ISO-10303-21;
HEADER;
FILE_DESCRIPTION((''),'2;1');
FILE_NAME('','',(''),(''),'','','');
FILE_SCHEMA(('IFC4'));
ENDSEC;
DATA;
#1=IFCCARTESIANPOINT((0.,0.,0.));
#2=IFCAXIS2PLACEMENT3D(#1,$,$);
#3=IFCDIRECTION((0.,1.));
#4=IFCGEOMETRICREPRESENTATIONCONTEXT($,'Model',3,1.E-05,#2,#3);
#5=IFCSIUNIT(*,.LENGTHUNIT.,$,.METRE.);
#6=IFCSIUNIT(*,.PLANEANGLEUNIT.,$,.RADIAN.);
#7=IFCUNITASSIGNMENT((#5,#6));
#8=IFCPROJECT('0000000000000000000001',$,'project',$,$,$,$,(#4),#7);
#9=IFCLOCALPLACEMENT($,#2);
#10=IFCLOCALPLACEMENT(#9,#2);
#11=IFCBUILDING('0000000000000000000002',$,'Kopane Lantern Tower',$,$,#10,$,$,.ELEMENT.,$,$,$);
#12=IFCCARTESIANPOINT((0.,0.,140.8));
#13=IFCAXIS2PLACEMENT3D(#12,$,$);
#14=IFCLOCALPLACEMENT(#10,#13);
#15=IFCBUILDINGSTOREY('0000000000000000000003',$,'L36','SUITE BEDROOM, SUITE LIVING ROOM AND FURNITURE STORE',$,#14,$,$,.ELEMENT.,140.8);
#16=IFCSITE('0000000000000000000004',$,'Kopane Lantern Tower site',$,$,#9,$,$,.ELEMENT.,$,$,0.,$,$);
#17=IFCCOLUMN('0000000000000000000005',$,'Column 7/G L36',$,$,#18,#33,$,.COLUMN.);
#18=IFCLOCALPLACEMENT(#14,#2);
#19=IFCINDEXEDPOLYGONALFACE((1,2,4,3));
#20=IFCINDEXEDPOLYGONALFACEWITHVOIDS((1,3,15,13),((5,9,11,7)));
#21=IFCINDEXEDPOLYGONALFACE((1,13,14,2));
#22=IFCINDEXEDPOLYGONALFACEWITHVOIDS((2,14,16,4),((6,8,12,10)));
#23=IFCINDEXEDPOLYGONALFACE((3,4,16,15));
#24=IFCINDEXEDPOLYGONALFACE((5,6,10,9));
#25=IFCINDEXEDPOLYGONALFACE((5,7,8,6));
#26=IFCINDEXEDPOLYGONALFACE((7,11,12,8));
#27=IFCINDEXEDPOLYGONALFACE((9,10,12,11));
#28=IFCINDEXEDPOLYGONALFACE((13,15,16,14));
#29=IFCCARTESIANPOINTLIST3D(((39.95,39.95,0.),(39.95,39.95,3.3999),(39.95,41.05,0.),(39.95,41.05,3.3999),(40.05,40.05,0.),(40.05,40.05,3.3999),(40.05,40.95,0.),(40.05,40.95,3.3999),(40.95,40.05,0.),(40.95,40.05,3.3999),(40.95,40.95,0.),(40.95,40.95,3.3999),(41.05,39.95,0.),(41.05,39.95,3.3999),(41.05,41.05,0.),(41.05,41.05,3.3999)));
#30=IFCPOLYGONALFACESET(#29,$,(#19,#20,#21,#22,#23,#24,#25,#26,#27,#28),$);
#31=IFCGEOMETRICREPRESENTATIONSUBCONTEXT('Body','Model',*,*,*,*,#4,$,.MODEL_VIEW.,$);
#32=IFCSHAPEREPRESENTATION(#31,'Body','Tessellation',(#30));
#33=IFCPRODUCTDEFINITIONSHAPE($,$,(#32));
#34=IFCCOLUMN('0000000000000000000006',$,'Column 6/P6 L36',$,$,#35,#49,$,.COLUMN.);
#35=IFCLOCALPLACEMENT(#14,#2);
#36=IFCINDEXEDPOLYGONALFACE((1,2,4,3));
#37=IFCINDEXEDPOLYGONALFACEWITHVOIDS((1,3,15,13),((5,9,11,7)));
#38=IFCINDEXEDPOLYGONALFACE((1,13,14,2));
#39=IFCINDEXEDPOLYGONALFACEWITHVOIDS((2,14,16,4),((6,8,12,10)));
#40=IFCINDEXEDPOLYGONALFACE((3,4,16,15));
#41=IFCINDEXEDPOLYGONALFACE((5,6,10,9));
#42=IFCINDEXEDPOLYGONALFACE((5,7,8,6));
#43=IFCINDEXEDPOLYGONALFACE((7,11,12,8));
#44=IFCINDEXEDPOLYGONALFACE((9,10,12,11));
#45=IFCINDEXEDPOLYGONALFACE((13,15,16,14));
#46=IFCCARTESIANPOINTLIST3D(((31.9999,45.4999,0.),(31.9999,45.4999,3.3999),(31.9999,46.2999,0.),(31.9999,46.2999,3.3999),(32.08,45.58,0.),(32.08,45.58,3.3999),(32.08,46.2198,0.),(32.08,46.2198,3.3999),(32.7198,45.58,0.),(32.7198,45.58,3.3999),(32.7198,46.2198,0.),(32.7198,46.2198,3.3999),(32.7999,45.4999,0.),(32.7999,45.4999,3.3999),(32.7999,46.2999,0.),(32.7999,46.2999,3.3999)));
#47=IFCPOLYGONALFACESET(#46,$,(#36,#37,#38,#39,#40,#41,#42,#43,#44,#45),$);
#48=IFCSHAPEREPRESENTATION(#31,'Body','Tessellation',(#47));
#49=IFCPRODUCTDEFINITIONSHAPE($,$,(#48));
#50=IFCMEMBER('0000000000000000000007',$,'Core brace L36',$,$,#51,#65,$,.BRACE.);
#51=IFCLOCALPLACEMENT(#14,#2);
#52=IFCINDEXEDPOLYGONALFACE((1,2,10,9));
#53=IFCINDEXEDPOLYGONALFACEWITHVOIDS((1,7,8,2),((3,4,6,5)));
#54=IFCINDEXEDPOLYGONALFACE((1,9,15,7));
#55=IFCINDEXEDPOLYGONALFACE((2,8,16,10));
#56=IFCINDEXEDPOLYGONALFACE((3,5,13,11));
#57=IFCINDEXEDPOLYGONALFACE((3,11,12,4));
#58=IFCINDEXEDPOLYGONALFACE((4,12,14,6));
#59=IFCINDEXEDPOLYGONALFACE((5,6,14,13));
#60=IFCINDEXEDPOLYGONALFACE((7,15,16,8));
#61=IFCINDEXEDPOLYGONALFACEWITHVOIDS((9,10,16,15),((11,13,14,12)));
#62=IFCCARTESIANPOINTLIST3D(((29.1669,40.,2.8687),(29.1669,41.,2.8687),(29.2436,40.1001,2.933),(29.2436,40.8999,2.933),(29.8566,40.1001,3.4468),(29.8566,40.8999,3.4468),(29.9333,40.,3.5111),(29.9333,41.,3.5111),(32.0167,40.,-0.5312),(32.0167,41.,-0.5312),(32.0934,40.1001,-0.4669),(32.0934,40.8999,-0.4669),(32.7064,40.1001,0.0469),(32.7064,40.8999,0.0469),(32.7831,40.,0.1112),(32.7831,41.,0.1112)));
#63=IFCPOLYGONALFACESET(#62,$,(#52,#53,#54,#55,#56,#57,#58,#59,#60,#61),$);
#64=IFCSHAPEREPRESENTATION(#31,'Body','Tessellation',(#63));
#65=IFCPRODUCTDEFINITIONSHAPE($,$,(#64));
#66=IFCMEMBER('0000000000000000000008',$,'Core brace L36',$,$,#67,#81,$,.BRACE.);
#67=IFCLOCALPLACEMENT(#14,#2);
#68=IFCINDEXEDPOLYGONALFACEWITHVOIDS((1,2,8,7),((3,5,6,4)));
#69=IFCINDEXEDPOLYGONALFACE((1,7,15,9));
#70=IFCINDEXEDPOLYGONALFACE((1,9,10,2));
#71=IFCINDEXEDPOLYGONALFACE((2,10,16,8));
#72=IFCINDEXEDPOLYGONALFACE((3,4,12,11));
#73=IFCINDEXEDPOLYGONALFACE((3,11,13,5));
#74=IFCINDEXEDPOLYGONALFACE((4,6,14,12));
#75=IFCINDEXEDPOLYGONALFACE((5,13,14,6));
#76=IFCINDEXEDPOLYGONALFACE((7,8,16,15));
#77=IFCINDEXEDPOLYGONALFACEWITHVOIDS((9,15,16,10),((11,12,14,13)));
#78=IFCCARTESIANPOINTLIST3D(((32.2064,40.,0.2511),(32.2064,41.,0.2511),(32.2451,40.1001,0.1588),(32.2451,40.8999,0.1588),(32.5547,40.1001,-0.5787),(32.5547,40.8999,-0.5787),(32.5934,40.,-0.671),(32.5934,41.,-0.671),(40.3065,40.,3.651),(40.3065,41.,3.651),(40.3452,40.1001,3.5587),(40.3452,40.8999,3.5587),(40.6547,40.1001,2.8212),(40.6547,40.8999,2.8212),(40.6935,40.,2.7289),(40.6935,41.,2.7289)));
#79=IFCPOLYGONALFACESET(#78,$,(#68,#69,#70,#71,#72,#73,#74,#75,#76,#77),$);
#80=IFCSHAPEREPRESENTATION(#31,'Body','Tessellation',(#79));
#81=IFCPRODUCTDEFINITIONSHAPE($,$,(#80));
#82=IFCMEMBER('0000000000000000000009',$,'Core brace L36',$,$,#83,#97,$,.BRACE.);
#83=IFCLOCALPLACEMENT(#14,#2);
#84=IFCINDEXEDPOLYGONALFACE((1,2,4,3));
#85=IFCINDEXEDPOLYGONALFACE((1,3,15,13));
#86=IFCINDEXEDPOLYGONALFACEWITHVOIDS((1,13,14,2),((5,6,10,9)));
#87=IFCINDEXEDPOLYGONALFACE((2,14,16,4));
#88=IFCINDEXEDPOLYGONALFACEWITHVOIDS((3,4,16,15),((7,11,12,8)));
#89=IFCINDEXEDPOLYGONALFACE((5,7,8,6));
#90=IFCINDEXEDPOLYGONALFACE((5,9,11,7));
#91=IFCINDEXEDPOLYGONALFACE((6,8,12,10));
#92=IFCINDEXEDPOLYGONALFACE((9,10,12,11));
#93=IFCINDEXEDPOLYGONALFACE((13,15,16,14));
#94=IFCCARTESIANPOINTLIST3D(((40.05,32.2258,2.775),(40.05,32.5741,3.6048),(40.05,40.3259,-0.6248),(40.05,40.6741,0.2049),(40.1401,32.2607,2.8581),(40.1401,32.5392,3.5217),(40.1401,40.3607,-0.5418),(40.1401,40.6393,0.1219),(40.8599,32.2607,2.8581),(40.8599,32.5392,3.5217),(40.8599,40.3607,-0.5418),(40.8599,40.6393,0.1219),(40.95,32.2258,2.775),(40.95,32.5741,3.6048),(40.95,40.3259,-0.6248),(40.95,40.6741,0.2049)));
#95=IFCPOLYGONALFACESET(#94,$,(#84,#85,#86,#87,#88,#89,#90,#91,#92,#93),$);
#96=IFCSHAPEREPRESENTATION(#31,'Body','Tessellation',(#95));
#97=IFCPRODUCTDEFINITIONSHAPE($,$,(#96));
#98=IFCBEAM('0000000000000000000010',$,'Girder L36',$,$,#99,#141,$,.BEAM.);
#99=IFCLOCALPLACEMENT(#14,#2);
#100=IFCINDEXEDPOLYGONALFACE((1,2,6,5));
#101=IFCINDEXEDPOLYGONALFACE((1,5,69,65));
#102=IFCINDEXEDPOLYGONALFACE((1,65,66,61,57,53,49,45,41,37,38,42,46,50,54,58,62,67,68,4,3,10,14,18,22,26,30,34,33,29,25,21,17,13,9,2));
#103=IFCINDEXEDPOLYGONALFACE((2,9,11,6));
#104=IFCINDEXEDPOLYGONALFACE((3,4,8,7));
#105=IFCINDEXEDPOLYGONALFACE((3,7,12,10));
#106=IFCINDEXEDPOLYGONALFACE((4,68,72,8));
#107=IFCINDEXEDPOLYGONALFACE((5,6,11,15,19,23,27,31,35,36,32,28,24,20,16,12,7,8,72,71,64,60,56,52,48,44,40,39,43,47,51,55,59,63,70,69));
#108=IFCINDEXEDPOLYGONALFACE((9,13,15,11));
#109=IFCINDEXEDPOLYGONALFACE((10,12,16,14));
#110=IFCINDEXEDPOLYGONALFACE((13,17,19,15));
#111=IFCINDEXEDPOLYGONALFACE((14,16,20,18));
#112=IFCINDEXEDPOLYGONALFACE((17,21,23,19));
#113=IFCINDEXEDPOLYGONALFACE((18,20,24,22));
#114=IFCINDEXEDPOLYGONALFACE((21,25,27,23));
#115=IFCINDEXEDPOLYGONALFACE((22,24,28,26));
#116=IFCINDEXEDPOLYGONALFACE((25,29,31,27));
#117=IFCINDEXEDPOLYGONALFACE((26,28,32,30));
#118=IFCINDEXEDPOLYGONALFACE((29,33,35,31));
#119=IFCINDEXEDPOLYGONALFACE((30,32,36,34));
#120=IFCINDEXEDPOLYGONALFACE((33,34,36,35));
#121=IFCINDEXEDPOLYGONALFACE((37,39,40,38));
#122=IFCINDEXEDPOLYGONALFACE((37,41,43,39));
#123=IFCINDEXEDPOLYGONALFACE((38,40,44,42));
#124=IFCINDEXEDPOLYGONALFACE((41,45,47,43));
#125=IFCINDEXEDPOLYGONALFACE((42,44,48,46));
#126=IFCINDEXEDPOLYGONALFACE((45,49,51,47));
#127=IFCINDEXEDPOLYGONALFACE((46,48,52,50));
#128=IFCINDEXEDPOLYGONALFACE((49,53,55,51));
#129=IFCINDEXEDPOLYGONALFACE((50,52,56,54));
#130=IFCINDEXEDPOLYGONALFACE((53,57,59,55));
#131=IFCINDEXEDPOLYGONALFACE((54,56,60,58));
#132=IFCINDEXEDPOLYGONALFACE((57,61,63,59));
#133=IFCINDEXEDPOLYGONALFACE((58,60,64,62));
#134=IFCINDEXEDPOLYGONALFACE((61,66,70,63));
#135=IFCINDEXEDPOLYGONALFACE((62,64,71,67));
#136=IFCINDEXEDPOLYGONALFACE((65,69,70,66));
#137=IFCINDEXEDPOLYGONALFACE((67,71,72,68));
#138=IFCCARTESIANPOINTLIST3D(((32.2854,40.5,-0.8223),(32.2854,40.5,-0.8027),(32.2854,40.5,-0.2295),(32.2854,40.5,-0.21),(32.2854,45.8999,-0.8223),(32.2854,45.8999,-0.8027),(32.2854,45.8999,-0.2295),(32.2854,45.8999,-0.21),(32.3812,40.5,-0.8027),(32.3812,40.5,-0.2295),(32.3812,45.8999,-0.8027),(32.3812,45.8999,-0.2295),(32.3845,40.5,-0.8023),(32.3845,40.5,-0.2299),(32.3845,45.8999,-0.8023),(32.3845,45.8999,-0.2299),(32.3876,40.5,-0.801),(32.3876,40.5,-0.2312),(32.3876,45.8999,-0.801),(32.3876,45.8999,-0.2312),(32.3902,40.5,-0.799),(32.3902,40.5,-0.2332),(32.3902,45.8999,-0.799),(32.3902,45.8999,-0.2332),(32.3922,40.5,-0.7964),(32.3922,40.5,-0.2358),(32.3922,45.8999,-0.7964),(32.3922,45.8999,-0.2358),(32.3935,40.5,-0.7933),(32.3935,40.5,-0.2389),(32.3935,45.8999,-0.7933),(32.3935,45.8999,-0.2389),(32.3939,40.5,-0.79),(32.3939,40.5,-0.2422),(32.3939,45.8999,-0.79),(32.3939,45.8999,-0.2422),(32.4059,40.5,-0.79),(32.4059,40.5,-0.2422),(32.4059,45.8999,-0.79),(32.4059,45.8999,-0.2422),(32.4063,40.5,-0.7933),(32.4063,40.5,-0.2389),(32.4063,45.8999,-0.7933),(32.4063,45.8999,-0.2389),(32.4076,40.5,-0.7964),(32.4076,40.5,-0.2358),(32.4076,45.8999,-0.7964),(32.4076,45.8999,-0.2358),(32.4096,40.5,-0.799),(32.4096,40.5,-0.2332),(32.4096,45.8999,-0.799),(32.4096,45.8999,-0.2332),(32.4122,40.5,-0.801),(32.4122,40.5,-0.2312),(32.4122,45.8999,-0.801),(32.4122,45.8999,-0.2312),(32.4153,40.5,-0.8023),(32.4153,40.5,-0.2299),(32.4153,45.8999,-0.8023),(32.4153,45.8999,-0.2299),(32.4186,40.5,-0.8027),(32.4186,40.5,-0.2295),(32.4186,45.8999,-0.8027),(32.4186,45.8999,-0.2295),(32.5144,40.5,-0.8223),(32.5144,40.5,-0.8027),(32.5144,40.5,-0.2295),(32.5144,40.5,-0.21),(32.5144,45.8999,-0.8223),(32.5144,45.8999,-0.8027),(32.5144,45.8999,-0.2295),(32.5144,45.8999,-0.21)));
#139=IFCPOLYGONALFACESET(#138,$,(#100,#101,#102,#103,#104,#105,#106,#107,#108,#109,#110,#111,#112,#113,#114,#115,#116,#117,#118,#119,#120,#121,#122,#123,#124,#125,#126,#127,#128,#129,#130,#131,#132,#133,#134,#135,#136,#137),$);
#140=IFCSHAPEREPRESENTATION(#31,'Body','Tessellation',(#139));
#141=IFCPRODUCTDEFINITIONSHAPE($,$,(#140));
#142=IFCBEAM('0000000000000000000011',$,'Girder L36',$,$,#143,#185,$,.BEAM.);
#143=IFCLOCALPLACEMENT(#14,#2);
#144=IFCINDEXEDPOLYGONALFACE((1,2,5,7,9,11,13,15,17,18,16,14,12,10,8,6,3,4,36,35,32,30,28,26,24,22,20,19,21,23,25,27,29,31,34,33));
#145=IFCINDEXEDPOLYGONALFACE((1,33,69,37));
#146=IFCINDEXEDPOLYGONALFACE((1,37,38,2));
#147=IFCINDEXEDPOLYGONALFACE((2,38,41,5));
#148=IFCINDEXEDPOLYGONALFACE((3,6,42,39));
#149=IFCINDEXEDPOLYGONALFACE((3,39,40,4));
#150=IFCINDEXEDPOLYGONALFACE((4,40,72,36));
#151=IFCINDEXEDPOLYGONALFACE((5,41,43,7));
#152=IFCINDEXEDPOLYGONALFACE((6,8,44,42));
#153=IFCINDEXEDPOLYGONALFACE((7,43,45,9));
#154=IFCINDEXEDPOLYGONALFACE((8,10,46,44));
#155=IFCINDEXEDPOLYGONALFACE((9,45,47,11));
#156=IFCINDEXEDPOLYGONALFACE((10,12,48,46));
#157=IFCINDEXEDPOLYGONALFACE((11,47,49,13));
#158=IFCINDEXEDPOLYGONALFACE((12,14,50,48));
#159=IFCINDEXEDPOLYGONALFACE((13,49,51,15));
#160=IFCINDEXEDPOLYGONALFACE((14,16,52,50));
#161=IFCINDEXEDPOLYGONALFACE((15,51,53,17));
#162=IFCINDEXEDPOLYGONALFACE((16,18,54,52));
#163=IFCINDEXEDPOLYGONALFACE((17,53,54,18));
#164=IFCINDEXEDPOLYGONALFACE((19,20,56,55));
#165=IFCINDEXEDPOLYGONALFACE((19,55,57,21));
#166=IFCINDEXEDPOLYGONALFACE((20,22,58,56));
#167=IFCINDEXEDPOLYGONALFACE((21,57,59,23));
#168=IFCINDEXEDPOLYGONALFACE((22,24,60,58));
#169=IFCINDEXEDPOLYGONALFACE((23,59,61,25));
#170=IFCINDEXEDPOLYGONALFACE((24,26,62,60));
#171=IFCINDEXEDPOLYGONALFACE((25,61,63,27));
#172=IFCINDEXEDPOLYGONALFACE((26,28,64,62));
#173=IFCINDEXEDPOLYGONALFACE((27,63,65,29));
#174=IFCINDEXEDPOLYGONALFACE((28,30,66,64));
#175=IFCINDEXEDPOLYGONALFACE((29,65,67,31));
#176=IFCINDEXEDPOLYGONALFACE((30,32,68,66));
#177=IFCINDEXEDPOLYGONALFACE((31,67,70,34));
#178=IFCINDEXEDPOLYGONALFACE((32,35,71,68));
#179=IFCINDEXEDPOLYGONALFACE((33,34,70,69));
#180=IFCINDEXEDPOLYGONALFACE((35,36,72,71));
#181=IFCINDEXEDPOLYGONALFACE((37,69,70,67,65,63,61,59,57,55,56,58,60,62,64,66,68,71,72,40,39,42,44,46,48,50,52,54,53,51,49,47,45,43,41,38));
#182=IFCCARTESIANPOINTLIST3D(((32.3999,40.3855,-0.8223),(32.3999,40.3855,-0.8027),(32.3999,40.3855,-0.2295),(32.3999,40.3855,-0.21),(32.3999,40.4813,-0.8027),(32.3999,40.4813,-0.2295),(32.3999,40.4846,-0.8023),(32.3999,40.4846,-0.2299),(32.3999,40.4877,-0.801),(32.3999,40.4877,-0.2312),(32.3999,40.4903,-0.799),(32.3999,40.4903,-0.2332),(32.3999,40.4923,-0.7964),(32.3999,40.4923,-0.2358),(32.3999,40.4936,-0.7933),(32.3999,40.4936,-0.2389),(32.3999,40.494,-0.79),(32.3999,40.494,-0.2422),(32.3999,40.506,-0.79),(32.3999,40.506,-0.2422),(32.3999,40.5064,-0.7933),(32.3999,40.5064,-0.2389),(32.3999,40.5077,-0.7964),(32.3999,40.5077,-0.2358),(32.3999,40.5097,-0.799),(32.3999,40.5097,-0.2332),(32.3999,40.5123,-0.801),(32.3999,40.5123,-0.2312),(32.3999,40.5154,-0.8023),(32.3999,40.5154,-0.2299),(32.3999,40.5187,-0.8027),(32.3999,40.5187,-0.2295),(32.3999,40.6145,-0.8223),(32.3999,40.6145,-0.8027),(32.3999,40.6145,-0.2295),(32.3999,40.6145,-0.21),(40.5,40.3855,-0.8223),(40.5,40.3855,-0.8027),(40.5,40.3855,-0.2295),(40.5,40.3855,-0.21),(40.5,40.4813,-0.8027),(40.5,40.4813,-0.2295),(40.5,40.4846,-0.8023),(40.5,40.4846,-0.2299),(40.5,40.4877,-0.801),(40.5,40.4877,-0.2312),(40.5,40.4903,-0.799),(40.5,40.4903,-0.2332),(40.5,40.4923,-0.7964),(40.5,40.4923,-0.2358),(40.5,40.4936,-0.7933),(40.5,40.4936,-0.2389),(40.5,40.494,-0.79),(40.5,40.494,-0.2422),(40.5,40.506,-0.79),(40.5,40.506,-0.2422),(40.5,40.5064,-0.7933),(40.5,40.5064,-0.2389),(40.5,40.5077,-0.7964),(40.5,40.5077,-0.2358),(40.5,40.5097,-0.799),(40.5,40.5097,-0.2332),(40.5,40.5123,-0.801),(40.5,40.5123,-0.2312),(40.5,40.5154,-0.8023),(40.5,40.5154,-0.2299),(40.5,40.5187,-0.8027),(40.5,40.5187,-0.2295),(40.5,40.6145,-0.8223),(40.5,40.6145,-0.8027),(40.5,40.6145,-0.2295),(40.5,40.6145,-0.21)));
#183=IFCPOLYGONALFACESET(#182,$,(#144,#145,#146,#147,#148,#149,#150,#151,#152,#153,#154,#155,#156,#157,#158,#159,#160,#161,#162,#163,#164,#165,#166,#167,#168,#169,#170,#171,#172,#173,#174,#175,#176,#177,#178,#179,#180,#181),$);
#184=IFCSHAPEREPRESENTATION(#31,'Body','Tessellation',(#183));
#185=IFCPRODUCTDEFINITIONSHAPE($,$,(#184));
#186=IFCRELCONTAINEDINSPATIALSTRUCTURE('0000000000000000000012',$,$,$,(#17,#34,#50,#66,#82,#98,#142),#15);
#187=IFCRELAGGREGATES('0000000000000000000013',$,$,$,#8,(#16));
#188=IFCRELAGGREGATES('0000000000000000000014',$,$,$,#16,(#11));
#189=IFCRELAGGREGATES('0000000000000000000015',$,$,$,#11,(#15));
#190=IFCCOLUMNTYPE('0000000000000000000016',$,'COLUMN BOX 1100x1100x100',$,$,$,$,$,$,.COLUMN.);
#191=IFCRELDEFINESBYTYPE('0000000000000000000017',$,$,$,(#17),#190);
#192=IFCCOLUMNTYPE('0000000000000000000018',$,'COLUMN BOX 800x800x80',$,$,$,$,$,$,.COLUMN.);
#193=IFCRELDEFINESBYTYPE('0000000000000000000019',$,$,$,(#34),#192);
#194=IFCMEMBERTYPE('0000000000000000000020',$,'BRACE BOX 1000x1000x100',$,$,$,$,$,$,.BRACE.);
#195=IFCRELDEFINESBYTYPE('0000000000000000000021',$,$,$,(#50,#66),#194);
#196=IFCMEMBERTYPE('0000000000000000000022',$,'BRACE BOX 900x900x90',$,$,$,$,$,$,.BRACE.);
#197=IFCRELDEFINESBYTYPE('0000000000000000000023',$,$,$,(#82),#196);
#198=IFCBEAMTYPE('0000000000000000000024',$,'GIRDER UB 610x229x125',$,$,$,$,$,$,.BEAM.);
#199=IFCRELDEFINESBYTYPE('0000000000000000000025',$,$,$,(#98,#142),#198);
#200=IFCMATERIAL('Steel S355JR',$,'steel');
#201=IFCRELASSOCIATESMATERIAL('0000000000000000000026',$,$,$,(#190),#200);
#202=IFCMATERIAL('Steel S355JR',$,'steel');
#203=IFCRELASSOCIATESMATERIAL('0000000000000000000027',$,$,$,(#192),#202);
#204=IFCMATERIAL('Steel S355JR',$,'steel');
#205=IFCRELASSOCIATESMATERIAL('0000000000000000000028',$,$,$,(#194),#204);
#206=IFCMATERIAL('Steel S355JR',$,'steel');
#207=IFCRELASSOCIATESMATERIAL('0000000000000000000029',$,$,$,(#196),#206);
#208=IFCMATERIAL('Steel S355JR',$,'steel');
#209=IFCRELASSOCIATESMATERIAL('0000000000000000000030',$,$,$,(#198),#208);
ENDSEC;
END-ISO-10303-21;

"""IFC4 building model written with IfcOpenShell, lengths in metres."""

from ifc_helpers import new_model, si_unit, direction, frame, origin, origin_2d, place, context, subcontext, project, spatial, hollow_rectangle, i_section, extrude, material, material_profile, profile_set, type_object, element, save


model = new_model("IFC4")

# Units and contexts
model_context = context("Model", 3, precision=1e-05, world=origin(), true_north=direction((0.0, 1.0)))
body_context = subcontext(model_context, "Body", "Model", "MODEL_VIEW")
ifc_project = project(units=[si_unit("LENGTHUNIT", "METRE"), si_unit("PLANEANGLEUNIT", "RADIAN")], contexts=[model_context])

# Site, building, storey
site_placement = place(None, origin())
site = spatial("IfcSite", under=ifc_project, at=site_placement, Name="Kopane Lantern Tower site", CompositionType="ELEMENT", RefElevation=0.0)
building_placement = place(site_placement, origin())
building = spatial("IfcBuilding", under=site, at=building_placement, Name="Kopane Lantern Tower", CompositionType="ELEMENT")
storey_placement = place(building_placement, frame((0.0, 0.0, 140.8)))
storey = spatial("IfcBuildingStorey", under=building, at=storey_placement, Name="L36", Description="SUITE BEDROOM, SUITE LIVING ROOM AND FURNITURE STORE", CompositionType="ELEMENT", Elevation=140.8)

# Columns
ifc_material_1 = material(Name="Steel S355JR", Category="steel")
ifc_material_profile_1 = material_profile(ifc_material_1, hollow_rectangle(XDim=1.1001, YDim=1.1001, WallThickness=0.1001, at=origin_2d()), Name="BOX 1100x1100x100")
ifc_profile_set_1 = profile_set([ifc_material_profile_1], Name="Steel S355JR")
column_type_1 = type_object("IfcColumnType", Name="COLUMN BOX 1100x1100x100", PredefinedType="COLUMN", material=ifc_profile_set_1)
column_1_placement = place(storey_placement, frame((40.5, 40.5, 0.0), z_axis=(0.0, 0.0, 1.0), x_axis=(1.0, 0.0, 0.0)))
element("IfcColumn", 1, at=column_1_placement, inside=storey, type_object=column_type_1, Name="Column 7/G L36", PredefinedType="COLUMN", context=body_context, shape_type="SweptSolid", body=[
    extrude(hollow_rectangle(XDim=1.1001, YDim=1.1001, WallThickness=0.1001, at=origin_2d()), origin(), (0.0, 0.0, 1.0), 3.3999),
])
ifc_material_2 = material(Name="Steel S355JR", Category="steel")
ifc_material_profile_2 = material_profile(ifc_material_2, hollow_rectangle(XDim=0.8, YDim=0.8, WallThickness=0.0801, at=origin_2d()), Name="BOX 800x800x80")
ifc_profile_set_2 = profile_set([ifc_material_profile_2], Name="Steel S355JR")
column_type_2 = type_object("IfcColumnType", Name="COLUMN BOX 800x800x80", PredefinedType="COLUMN", material=ifc_profile_set_2)
column_2_placement = place(storey_placement, frame((32.3999, 45.8999, 0.0), z_axis=(0.0, 0.0, 1.0), x_axis=(1.0, 0.0, 0.0)))
element("IfcColumn", 2, at=column_2_placement, inside=storey, type_object=column_type_2, Name="Column 6/P6 L36", PredefinedType="COLUMN", context=body_context, shape_type="SweptSolid", body=[
    extrude(hollow_rectangle(XDim=0.8, YDim=0.8, WallThickness=0.0801, at=origin_2d()), origin(), (0.0, 0.0, 1.0), 3.3999),
])

# Members
ifc_material_3 = material(Name="Steel S355JR", Category="steel")
ifc_material_profile_3 = material_profile(ifc_material_3, hollow_rectangle(XDim=1.0, YDim=1.0, WallThickness=0.1001, at=origin_2d()), Name="BOX 1000x1000x100")
ifc_profile_set_3 = profile_set([ifc_material_profile_3], Name="Steel S355JR")
member_type_1 = type_object("IfcMemberType", Name="BRACE BOX 1000x1000x100", PredefinedType="BRACE", material=ifc_profile_set_3)
member_1_placement = place(storey_placement, frame((32.3999, 40.5, -0.21), z_axis=(-0.64239, 0.0, 0.766378), x_axis=(0.0, -1.0, 0.0)))
element("IfcMember", 3, at=member_1_placement, inside=storey, type_object=member_type_1, Name="Core brace L36", PredefinedType="BRACE", context=body_context, shape_type="SweptSolid", body=[
    extrude(hollow_rectangle(XDim=1.0, YDim=1.0, WallThickness=0.1001, at=origin_2d()), origin(), (0.0, 0.0, 1.0), 4.4363),
])
member_2_placement = place(storey_placement, frame((32.3999, 40.5, -0.21), z_axis=(0.922069, 0.0, 0.387026), x_axis=(0.0, 1.0, 0.0)))
element("IfcMember", 4, at=member_2_placement, inside=storey, type_object=member_type_1, Name="Core brace L36", PredefinedType="BRACE", context=body_context, shape_type="SweptSolid", body=[
    extrude(hollow_rectangle(XDim=1.0, YDim=1.0, WallThickness=0.1001, at=origin_2d()), origin(), (0.0, 0.0, 1.0), 8.7847),
])
ifc_material_4 = material(Name="Steel S355JR", Category="steel")
ifc_material_profile_4 = material_profile(ifc_material_4, hollow_rectangle(XDim=0.8999, YDim=0.8999, WallThickness=0.0901, at=origin_2d()), Name="BOX 900x900x90")
ifc_profile_set_4 = profile_set([ifc_material_profile_4], Name="Steel S355JR")
member_type_2 = type_object("IfcMemberType", Name="BRACE BOX 900x900x90", PredefinedType="BRACE", material=ifc_profile_set_4)
member_3_placement = place(storey_placement, frame((40.5, 40.5, -0.21), z_axis=(0.0, -0.922069, 0.387026), x_axis=(1.0, 0.0, 0.0)))
element("IfcMember", 5, at=member_3_placement, inside=storey, type_object=member_type_2, Name="Core brace L36", PredefinedType="BRACE", context=body_context, shape_type="SweptSolid", body=[
    extrude(hollow_rectangle(XDim=0.8999, YDim=0.8999, WallThickness=0.0901, at=origin_2d()), origin(), (0.0, 0.0, 1.0), 8.7847),
])

# Beams
ifc_material_5 = material(Name="Steel S355JR", Category="steel")
ifc_material_profile_5 = material_profile(ifc_material_5, i_section(OverallWidth=0.229, OverallDepth=0.6123, WebThickness=0.012, FlangeThickness=0.0195, FilletRadius=0.0127, at=origin_2d()), Name="UB 610x229x125")
ifc_profile_set_5 = profile_set([ifc_material_profile_5], Name="Steel S355JR")
beam_type = type_object("IfcBeamType", Name="GIRDER UB 610x229x125", PredefinedType="BEAM", material=ifc_profile_set_5)
beam_1_placement = place(storey_placement, frame((32.3999, 40.5, -0.5161), z_axis=(0.0, 1.0, 0.0), x_axis=(-1.0, 0.0, 0.0)))
element("IfcBeam", 6, at=beam_1_placement, inside=storey, type_object=beam_type, Name="Girder L36", PredefinedType="BEAM", context=body_context, shape_type="SweptSolid", body=[
    extrude(i_section(OverallWidth=0.229, OverallDepth=0.6123, WebThickness=0.012, FlangeThickness=0.0195, FilletRadius=0.0127, at=origin_2d()), origin(), (0.0, 0.0, 1.0), 5.3999),
])
beam_2_placement = place(storey_placement, frame((32.3999, 40.5, -0.5161), z_axis=(1.0, 0.0, 0.0), x_axis=(0.0, 1.0, 0.0)))
element("IfcBeam", 7, at=beam_2_placement, inside=storey, type_object=beam_type, Name="Girder L36", PredefinedType="BEAM", context=body_context, shape_type="SweptSolid", body=[
    extrude(i_section(OverallWidth=0.229, OverallDepth=0.6123, WebThickness=0.012, FlangeThickness=0.0195, FilletRadius=0.0127, at=origin_2d()), origin(), (0.0, 0.0, 1.0), 8.1001),
])

save(model, "model.ifc")
